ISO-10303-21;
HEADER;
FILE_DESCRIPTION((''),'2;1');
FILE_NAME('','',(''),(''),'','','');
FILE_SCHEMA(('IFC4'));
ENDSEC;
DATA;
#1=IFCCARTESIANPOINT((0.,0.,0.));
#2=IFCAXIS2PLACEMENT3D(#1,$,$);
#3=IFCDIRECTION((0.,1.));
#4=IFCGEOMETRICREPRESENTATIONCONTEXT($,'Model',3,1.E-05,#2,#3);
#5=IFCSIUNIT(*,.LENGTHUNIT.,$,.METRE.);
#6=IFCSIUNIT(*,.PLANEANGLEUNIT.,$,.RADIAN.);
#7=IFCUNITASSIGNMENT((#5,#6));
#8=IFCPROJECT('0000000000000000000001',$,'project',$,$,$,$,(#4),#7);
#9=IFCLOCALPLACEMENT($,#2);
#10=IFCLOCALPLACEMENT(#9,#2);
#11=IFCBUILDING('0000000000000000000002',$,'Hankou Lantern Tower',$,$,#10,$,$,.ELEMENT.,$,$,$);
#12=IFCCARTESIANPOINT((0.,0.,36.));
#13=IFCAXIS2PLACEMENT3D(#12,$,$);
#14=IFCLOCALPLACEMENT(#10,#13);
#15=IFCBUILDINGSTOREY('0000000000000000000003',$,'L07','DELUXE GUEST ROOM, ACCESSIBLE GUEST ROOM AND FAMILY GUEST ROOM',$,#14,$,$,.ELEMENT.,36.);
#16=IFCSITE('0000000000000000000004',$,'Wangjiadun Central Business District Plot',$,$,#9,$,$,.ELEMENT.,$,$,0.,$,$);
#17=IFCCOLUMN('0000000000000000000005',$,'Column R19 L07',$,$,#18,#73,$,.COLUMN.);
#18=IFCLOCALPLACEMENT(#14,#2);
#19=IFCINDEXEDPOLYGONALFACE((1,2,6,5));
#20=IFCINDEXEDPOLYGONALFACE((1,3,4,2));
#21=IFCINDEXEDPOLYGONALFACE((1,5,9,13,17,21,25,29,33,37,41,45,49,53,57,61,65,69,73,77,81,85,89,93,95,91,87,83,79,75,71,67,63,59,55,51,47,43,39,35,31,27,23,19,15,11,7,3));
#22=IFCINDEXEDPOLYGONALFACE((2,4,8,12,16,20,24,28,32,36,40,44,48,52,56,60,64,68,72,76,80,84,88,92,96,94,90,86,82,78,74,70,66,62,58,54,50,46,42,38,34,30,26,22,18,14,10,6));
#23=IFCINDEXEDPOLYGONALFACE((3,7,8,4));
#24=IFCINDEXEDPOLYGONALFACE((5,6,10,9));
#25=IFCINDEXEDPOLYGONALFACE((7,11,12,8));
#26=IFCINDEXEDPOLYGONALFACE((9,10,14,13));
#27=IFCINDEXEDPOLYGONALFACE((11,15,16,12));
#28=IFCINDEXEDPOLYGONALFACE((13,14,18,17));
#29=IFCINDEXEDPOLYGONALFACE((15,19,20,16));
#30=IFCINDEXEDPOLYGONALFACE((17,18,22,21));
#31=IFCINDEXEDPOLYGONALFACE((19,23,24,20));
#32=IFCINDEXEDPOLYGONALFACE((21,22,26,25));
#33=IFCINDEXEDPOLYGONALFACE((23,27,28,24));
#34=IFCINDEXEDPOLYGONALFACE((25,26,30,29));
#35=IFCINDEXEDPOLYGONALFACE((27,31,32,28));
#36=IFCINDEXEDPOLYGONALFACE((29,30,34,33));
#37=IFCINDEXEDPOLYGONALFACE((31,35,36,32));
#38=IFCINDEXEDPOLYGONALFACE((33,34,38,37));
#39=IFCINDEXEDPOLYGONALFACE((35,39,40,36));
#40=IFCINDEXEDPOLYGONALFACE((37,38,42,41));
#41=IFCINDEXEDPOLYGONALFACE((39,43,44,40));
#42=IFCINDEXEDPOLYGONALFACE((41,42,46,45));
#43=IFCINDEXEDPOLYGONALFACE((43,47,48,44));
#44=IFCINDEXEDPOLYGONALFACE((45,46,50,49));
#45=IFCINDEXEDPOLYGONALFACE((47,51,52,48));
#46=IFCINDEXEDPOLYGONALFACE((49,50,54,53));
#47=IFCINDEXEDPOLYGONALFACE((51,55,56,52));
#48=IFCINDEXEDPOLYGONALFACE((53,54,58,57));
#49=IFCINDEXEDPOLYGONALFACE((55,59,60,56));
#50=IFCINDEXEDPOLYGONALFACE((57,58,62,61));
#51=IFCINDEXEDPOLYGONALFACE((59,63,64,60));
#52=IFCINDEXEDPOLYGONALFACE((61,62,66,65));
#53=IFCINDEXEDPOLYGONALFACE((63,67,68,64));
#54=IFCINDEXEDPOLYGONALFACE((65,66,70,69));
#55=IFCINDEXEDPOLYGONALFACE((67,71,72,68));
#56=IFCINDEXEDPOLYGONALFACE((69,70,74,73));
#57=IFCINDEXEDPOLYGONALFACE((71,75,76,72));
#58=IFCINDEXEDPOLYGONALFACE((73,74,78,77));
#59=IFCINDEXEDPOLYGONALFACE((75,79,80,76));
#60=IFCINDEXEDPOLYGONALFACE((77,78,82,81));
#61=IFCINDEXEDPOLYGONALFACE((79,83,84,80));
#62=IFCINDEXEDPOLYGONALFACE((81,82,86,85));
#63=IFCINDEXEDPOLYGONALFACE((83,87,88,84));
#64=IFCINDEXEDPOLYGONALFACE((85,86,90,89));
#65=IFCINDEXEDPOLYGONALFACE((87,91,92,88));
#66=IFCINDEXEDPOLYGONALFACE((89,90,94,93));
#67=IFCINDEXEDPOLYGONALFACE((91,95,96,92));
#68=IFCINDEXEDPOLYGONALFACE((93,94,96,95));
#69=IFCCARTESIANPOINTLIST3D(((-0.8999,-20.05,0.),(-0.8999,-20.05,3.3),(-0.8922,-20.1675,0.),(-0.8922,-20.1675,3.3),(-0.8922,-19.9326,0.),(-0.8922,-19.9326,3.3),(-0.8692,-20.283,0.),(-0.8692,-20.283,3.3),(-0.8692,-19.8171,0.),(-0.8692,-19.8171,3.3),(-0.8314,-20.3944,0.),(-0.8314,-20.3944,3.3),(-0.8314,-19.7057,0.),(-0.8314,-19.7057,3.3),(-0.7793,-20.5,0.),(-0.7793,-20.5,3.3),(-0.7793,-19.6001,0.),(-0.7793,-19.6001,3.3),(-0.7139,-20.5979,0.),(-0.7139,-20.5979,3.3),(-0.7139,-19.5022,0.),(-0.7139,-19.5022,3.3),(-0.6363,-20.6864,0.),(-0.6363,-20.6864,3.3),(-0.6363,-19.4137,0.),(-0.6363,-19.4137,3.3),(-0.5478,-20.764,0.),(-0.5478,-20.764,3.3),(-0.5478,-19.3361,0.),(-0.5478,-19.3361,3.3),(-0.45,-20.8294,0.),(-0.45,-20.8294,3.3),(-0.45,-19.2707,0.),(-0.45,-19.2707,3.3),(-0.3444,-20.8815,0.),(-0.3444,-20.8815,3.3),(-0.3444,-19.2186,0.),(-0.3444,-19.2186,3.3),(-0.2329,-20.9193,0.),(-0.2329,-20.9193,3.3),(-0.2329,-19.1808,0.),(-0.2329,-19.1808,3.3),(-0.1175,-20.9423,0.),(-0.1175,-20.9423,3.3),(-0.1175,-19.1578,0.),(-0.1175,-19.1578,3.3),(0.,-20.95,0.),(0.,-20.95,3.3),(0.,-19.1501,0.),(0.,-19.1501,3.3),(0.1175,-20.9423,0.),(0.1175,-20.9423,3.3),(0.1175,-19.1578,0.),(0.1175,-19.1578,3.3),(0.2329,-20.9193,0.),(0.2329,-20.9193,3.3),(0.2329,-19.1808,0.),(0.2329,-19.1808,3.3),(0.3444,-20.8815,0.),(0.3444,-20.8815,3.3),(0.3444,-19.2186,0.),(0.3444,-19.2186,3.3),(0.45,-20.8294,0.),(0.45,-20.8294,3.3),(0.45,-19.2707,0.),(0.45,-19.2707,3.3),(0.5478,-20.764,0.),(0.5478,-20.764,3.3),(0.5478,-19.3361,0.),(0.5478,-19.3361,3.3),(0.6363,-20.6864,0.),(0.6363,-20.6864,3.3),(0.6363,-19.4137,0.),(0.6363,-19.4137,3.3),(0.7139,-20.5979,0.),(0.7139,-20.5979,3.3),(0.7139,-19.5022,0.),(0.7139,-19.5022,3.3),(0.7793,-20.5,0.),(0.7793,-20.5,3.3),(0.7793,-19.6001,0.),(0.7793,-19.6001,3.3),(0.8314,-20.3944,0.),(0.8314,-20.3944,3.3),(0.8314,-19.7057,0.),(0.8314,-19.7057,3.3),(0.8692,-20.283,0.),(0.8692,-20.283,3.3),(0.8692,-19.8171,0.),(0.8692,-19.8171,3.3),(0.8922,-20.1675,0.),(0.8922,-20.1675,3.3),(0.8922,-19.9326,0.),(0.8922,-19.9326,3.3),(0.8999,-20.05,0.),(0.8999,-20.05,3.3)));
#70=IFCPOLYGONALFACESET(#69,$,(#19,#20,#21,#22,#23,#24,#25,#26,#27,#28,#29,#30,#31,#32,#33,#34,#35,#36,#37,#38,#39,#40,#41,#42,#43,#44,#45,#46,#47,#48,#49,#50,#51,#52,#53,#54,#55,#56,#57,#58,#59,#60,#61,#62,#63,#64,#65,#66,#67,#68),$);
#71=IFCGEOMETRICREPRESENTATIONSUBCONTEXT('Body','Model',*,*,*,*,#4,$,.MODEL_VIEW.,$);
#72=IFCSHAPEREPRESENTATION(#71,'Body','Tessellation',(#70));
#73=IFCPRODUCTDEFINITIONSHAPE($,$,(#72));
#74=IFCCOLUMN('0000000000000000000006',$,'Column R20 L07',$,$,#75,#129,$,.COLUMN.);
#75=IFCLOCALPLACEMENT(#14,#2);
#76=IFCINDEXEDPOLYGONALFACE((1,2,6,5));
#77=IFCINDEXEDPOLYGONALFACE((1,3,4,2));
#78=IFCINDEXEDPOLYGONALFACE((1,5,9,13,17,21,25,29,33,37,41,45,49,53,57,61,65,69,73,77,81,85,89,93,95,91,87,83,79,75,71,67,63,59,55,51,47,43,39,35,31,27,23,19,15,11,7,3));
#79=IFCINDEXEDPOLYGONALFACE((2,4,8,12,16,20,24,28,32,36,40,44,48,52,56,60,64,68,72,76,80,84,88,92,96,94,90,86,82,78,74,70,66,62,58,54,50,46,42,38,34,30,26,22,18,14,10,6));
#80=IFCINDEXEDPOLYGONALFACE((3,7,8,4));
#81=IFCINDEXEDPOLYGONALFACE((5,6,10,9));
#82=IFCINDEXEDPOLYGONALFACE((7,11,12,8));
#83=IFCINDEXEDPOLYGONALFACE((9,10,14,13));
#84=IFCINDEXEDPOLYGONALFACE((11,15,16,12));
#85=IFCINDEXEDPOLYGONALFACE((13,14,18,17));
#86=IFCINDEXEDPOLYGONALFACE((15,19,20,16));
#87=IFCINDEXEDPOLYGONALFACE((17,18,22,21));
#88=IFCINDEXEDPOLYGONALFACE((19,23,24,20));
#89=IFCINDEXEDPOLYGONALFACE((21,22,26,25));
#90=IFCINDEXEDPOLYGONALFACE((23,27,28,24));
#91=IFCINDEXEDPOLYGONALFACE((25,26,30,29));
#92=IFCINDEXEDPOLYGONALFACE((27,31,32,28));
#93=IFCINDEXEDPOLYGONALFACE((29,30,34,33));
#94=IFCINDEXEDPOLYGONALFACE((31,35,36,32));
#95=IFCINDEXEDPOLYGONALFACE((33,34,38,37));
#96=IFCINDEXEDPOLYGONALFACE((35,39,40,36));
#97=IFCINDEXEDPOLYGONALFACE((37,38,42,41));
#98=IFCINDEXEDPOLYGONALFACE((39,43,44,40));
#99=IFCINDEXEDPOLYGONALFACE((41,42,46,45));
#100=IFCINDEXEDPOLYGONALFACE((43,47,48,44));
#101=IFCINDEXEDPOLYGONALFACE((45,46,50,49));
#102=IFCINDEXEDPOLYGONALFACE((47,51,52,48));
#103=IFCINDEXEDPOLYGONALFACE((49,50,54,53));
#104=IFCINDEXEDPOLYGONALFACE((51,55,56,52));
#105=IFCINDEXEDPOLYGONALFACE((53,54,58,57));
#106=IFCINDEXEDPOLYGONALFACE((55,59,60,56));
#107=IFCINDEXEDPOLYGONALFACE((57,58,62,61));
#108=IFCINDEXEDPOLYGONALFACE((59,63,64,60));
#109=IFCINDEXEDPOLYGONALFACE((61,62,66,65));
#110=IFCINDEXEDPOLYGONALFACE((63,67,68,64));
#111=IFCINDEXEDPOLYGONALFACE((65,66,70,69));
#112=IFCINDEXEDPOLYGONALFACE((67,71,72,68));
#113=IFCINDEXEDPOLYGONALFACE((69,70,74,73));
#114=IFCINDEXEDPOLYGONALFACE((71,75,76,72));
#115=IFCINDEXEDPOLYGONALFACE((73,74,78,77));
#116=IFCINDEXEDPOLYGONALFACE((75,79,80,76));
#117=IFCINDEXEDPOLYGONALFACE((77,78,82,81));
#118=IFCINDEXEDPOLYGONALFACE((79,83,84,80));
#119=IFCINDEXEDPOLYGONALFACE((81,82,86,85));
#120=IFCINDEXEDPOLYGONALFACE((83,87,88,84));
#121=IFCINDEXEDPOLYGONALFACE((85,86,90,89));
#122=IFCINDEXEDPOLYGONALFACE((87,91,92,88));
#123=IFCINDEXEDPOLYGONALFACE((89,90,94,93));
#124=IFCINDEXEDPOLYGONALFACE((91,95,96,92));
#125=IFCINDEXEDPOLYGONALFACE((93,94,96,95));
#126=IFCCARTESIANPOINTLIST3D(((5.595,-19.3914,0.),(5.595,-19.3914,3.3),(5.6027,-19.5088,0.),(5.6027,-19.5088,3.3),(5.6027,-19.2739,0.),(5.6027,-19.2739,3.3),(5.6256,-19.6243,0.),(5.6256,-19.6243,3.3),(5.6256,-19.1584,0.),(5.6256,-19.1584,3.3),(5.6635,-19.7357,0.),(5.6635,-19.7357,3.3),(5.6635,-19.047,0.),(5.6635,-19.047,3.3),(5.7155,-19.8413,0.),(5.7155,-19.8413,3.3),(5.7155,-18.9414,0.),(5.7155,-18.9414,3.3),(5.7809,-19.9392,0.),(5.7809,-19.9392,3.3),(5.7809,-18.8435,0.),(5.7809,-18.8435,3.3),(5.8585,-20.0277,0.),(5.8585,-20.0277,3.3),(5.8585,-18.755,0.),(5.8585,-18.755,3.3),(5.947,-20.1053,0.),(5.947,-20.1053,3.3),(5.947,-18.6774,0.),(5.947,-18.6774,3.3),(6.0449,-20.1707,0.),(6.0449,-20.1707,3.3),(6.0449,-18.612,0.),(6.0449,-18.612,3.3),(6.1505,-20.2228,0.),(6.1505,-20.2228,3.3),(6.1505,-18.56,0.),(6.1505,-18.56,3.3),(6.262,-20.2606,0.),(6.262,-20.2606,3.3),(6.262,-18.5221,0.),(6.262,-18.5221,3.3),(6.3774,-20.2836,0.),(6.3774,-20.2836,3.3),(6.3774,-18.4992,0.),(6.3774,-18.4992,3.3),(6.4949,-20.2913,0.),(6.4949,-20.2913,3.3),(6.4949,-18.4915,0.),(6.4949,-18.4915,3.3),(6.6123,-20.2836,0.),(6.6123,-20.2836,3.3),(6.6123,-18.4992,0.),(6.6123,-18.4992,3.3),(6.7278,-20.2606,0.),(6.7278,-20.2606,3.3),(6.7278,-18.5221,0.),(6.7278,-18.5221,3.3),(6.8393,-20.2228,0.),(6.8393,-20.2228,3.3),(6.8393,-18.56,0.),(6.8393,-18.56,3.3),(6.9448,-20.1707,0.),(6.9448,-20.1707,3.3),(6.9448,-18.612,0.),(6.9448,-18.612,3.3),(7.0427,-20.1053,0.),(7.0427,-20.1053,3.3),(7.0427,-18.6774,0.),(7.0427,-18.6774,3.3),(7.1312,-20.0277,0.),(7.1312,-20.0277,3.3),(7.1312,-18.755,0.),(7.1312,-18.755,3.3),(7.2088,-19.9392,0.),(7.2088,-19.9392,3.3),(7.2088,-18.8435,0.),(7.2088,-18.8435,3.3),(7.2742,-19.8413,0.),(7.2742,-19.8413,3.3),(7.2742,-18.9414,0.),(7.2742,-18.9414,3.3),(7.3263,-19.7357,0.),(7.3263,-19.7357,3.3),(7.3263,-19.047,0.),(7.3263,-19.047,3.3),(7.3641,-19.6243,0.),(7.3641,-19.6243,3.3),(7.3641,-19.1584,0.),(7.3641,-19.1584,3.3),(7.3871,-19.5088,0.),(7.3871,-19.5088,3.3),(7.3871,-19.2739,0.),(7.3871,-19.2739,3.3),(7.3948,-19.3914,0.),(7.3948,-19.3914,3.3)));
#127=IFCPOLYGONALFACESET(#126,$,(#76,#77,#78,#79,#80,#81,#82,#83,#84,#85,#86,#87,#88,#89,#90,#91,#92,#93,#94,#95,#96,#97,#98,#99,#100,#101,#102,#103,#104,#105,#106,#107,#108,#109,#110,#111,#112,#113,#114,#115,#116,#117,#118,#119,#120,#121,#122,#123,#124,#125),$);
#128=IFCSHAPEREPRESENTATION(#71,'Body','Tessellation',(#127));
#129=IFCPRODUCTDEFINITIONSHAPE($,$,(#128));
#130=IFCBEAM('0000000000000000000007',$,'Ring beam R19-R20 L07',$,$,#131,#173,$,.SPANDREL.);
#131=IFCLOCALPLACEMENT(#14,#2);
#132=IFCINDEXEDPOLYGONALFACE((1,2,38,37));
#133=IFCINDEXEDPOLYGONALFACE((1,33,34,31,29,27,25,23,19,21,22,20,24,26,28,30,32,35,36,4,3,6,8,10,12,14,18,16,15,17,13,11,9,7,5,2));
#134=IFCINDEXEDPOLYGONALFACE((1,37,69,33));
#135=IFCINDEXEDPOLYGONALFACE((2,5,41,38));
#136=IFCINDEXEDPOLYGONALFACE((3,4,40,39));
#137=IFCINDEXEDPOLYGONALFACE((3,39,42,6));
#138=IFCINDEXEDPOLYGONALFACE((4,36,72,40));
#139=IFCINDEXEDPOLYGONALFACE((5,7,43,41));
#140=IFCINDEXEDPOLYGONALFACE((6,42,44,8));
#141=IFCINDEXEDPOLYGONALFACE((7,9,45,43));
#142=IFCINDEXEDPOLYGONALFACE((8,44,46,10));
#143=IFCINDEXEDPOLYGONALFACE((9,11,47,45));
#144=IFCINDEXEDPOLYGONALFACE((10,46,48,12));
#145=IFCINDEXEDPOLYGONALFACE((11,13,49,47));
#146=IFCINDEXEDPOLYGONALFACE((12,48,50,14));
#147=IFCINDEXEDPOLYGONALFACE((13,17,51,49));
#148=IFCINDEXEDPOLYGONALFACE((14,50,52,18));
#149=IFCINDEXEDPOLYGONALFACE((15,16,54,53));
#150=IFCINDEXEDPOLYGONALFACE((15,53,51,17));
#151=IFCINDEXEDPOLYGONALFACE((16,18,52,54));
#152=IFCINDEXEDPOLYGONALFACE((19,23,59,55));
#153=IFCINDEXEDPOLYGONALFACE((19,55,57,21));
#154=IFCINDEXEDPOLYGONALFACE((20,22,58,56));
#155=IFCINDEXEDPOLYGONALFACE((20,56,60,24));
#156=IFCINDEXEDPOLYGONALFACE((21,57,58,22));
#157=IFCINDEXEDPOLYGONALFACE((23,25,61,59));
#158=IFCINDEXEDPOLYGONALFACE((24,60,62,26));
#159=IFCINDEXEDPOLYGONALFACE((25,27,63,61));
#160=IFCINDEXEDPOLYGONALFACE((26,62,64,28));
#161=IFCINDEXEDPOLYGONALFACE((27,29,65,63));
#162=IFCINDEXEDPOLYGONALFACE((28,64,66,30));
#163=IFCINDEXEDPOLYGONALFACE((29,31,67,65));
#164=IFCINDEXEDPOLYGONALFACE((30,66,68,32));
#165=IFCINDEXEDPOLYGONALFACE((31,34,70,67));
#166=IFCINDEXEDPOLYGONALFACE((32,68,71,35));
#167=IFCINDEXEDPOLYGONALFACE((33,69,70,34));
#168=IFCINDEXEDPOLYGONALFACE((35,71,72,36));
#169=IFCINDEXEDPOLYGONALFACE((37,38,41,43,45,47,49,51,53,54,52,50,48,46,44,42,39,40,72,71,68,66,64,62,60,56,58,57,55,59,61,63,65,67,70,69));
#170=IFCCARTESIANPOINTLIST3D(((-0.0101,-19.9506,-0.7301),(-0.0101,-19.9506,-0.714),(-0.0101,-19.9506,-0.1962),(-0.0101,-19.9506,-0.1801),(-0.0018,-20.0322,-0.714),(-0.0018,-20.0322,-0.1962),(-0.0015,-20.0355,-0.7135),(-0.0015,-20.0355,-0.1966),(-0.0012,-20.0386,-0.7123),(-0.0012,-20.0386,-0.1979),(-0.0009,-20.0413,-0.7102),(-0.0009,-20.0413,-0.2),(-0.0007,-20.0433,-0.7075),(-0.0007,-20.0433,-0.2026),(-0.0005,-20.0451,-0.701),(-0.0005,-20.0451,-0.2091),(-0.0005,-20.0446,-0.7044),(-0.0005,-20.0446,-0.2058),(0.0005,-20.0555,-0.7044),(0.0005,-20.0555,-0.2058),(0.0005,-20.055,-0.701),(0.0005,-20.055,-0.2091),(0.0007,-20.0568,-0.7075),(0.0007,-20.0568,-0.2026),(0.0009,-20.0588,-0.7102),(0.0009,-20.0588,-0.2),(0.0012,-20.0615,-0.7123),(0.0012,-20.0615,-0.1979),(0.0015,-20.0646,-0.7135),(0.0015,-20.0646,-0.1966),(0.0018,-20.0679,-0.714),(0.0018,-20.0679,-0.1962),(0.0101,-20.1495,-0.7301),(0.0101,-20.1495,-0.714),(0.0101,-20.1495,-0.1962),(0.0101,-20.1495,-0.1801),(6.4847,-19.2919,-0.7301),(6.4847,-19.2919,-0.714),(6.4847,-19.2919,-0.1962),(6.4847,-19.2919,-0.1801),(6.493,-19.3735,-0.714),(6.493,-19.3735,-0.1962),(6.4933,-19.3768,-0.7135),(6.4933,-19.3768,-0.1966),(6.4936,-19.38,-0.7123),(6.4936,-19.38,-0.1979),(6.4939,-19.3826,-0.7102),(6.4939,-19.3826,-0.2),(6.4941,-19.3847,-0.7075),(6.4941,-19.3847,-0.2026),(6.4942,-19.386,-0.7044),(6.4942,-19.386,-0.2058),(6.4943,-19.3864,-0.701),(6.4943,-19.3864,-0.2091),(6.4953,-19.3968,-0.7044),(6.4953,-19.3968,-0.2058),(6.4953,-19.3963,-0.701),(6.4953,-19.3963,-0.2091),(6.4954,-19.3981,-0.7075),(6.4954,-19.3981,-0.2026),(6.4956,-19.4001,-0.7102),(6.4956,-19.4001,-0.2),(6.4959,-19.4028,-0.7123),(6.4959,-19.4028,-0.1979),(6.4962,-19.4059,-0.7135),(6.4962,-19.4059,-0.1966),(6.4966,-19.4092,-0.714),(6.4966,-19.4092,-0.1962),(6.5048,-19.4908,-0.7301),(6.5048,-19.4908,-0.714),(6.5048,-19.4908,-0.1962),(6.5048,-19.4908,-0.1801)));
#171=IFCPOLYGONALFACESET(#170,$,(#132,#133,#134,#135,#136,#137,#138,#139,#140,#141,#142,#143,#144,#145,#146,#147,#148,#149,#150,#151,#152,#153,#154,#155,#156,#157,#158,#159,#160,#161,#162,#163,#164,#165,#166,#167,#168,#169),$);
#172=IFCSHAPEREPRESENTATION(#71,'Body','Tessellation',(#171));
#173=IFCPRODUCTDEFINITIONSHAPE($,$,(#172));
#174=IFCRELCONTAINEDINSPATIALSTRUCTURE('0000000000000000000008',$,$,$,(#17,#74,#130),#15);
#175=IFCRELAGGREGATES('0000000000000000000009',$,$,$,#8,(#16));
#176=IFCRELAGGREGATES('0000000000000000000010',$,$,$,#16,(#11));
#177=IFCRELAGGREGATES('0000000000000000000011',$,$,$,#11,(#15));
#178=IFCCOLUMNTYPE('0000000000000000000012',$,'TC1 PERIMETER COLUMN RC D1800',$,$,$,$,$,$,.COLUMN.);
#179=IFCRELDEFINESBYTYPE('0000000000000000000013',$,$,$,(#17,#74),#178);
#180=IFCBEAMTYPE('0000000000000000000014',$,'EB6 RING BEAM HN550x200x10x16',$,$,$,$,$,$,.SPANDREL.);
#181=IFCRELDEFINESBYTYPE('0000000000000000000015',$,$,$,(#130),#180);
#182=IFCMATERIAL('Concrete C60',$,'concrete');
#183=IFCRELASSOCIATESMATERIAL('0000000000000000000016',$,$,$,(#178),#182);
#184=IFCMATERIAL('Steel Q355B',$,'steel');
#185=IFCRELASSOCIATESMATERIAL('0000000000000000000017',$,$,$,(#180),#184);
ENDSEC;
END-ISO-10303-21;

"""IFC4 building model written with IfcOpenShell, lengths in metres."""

from ifc_helpers import new_model, si_unit, direction, frame, origin, origin_2d, place, context, subcontext, project, spatial, circle, i_section, extrude, material, material_profile, profile_set, type_object, element, save


model = new_model("IFC4")

# Units and contexts
model_context = context("Model", 3, precision=1e-05, world=origin(), true_north=direction((0.0, 1.0)))
body_context = subcontext(model_context, "Body", "Model", "MODEL_VIEW")
ifc_project = project(units=[si_unit("LENGTHUNIT", "METRE"), si_unit("PLANEANGLEUNIT", "RADIAN")], contexts=[model_context])

# Site, building, storey
site_placement = place(None, origin())
site = spatial("IfcSite", under=ifc_project, at=site_placement, Name="Wangjiadun Central Business District Plot", CompositionType="ELEMENT", RefElevation=0.0)
building_placement = place(site_placement, origin())
building = spatial("IfcBuilding", under=site, at=building_placement, Name="Hankou Lantern Tower", CompositionType="ELEMENT")
storey_placement = place(building_placement, frame((0.0, 0.0, 36.0)))
storey = spatial("IfcBuildingStorey", under=building, at=storey_placement, Name="L07", Description="DELUXE GUEST ROOM, ACCESSIBLE GUEST ROOM AND FAMILY GUEST ROOM", CompositionType="ELEMENT", Elevation=36.0)

# Columns
ifc_material_1 = material(Name="Concrete C60", Category="concrete")
ifc_material_profile_1 = material_profile(ifc_material_1, circle(Radius=0.8999, at=origin_2d()), Name="RC D1800")
ifc_profile_set_1 = profile_set([ifc_material_profile_1], Name="Concrete C60")
column_type = type_object("IfcColumnType", Name="TC1 PERIMETER COLUMN RC D1800", PredefinedType="COLUMN", material=ifc_profile_set_1)
for number, where, z_axis, x_axis, name in (
    (1, (0.0, -20.05, 0.0), (0.0, 0.0, 1.0), (1.0, 0.0, 0.0), "Column R19 L07"),
    (2, (6.4949, -19.3914, 0.0), (0.0, 0.0, 1.0), (1.0, 0.0, 0.0), "Column R20 L07"),
):
    element("IfcColumn", number, at=place(storey_placement, frame(where, z_axis=z_axis, x_axis=x_axis)), inside=storey, type_object=column_type, Name=name, PredefinedType="COLUMN", context=body_context, shape_type="SweptSolid", body=[
        extrude(circle(Radius=0.8999, at=origin_2d()), origin(), (0.0, 0.0, 1.0), 3.3),
    ])

# Beam
ifc_material_2 = material(Name="Steel Q355B", Category="steel")
ifc_material_profile_2 = material_profile(ifc_material_2, i_section(OverallWidth=0.2, OverallDepth=0.55, WebThickness=0.01, FlangeThickness=0.0161, FilletRadius=0.0129, at=origin_2d()), Name="HN550x200x10x16")
ifc_profile_set_2 = profile_set([ifc_material_profile_2], Name="Steel Q355B")
beam_type_1 = type_object("IfcBeamType", Name="EB6 RING BEAM HN550x200x10x16", PredefinedType="SPANDREL", material=ifc_profile_set_2)
beam_1_placement = place(storey_placement, frame((0.0, -20.05, -0.4551), z_axis=(0.994897, 0.1009, 0.0), x_axis=(-0.1009, 0.994897, 0.0)))
element("IfcBeam", 3, at=beam_1_placement, inside=storey, type_object=beam_type_1, Name="Ring beam R19-R20 L07", PredefinedType="SPANDREL", context=body_context, shape_type="SweptSolid", body=[
    extrude(i_section(OverallWidth=0.2, OverallDepth=0.55, WebThickness=0.01, FlangeThickness=0.0161, FilletRadius=0.0129, at=origin_2d()), origin(), (0.0, 0.0, 1.0), 6.5281),
])

save(model, "model.ifc")
